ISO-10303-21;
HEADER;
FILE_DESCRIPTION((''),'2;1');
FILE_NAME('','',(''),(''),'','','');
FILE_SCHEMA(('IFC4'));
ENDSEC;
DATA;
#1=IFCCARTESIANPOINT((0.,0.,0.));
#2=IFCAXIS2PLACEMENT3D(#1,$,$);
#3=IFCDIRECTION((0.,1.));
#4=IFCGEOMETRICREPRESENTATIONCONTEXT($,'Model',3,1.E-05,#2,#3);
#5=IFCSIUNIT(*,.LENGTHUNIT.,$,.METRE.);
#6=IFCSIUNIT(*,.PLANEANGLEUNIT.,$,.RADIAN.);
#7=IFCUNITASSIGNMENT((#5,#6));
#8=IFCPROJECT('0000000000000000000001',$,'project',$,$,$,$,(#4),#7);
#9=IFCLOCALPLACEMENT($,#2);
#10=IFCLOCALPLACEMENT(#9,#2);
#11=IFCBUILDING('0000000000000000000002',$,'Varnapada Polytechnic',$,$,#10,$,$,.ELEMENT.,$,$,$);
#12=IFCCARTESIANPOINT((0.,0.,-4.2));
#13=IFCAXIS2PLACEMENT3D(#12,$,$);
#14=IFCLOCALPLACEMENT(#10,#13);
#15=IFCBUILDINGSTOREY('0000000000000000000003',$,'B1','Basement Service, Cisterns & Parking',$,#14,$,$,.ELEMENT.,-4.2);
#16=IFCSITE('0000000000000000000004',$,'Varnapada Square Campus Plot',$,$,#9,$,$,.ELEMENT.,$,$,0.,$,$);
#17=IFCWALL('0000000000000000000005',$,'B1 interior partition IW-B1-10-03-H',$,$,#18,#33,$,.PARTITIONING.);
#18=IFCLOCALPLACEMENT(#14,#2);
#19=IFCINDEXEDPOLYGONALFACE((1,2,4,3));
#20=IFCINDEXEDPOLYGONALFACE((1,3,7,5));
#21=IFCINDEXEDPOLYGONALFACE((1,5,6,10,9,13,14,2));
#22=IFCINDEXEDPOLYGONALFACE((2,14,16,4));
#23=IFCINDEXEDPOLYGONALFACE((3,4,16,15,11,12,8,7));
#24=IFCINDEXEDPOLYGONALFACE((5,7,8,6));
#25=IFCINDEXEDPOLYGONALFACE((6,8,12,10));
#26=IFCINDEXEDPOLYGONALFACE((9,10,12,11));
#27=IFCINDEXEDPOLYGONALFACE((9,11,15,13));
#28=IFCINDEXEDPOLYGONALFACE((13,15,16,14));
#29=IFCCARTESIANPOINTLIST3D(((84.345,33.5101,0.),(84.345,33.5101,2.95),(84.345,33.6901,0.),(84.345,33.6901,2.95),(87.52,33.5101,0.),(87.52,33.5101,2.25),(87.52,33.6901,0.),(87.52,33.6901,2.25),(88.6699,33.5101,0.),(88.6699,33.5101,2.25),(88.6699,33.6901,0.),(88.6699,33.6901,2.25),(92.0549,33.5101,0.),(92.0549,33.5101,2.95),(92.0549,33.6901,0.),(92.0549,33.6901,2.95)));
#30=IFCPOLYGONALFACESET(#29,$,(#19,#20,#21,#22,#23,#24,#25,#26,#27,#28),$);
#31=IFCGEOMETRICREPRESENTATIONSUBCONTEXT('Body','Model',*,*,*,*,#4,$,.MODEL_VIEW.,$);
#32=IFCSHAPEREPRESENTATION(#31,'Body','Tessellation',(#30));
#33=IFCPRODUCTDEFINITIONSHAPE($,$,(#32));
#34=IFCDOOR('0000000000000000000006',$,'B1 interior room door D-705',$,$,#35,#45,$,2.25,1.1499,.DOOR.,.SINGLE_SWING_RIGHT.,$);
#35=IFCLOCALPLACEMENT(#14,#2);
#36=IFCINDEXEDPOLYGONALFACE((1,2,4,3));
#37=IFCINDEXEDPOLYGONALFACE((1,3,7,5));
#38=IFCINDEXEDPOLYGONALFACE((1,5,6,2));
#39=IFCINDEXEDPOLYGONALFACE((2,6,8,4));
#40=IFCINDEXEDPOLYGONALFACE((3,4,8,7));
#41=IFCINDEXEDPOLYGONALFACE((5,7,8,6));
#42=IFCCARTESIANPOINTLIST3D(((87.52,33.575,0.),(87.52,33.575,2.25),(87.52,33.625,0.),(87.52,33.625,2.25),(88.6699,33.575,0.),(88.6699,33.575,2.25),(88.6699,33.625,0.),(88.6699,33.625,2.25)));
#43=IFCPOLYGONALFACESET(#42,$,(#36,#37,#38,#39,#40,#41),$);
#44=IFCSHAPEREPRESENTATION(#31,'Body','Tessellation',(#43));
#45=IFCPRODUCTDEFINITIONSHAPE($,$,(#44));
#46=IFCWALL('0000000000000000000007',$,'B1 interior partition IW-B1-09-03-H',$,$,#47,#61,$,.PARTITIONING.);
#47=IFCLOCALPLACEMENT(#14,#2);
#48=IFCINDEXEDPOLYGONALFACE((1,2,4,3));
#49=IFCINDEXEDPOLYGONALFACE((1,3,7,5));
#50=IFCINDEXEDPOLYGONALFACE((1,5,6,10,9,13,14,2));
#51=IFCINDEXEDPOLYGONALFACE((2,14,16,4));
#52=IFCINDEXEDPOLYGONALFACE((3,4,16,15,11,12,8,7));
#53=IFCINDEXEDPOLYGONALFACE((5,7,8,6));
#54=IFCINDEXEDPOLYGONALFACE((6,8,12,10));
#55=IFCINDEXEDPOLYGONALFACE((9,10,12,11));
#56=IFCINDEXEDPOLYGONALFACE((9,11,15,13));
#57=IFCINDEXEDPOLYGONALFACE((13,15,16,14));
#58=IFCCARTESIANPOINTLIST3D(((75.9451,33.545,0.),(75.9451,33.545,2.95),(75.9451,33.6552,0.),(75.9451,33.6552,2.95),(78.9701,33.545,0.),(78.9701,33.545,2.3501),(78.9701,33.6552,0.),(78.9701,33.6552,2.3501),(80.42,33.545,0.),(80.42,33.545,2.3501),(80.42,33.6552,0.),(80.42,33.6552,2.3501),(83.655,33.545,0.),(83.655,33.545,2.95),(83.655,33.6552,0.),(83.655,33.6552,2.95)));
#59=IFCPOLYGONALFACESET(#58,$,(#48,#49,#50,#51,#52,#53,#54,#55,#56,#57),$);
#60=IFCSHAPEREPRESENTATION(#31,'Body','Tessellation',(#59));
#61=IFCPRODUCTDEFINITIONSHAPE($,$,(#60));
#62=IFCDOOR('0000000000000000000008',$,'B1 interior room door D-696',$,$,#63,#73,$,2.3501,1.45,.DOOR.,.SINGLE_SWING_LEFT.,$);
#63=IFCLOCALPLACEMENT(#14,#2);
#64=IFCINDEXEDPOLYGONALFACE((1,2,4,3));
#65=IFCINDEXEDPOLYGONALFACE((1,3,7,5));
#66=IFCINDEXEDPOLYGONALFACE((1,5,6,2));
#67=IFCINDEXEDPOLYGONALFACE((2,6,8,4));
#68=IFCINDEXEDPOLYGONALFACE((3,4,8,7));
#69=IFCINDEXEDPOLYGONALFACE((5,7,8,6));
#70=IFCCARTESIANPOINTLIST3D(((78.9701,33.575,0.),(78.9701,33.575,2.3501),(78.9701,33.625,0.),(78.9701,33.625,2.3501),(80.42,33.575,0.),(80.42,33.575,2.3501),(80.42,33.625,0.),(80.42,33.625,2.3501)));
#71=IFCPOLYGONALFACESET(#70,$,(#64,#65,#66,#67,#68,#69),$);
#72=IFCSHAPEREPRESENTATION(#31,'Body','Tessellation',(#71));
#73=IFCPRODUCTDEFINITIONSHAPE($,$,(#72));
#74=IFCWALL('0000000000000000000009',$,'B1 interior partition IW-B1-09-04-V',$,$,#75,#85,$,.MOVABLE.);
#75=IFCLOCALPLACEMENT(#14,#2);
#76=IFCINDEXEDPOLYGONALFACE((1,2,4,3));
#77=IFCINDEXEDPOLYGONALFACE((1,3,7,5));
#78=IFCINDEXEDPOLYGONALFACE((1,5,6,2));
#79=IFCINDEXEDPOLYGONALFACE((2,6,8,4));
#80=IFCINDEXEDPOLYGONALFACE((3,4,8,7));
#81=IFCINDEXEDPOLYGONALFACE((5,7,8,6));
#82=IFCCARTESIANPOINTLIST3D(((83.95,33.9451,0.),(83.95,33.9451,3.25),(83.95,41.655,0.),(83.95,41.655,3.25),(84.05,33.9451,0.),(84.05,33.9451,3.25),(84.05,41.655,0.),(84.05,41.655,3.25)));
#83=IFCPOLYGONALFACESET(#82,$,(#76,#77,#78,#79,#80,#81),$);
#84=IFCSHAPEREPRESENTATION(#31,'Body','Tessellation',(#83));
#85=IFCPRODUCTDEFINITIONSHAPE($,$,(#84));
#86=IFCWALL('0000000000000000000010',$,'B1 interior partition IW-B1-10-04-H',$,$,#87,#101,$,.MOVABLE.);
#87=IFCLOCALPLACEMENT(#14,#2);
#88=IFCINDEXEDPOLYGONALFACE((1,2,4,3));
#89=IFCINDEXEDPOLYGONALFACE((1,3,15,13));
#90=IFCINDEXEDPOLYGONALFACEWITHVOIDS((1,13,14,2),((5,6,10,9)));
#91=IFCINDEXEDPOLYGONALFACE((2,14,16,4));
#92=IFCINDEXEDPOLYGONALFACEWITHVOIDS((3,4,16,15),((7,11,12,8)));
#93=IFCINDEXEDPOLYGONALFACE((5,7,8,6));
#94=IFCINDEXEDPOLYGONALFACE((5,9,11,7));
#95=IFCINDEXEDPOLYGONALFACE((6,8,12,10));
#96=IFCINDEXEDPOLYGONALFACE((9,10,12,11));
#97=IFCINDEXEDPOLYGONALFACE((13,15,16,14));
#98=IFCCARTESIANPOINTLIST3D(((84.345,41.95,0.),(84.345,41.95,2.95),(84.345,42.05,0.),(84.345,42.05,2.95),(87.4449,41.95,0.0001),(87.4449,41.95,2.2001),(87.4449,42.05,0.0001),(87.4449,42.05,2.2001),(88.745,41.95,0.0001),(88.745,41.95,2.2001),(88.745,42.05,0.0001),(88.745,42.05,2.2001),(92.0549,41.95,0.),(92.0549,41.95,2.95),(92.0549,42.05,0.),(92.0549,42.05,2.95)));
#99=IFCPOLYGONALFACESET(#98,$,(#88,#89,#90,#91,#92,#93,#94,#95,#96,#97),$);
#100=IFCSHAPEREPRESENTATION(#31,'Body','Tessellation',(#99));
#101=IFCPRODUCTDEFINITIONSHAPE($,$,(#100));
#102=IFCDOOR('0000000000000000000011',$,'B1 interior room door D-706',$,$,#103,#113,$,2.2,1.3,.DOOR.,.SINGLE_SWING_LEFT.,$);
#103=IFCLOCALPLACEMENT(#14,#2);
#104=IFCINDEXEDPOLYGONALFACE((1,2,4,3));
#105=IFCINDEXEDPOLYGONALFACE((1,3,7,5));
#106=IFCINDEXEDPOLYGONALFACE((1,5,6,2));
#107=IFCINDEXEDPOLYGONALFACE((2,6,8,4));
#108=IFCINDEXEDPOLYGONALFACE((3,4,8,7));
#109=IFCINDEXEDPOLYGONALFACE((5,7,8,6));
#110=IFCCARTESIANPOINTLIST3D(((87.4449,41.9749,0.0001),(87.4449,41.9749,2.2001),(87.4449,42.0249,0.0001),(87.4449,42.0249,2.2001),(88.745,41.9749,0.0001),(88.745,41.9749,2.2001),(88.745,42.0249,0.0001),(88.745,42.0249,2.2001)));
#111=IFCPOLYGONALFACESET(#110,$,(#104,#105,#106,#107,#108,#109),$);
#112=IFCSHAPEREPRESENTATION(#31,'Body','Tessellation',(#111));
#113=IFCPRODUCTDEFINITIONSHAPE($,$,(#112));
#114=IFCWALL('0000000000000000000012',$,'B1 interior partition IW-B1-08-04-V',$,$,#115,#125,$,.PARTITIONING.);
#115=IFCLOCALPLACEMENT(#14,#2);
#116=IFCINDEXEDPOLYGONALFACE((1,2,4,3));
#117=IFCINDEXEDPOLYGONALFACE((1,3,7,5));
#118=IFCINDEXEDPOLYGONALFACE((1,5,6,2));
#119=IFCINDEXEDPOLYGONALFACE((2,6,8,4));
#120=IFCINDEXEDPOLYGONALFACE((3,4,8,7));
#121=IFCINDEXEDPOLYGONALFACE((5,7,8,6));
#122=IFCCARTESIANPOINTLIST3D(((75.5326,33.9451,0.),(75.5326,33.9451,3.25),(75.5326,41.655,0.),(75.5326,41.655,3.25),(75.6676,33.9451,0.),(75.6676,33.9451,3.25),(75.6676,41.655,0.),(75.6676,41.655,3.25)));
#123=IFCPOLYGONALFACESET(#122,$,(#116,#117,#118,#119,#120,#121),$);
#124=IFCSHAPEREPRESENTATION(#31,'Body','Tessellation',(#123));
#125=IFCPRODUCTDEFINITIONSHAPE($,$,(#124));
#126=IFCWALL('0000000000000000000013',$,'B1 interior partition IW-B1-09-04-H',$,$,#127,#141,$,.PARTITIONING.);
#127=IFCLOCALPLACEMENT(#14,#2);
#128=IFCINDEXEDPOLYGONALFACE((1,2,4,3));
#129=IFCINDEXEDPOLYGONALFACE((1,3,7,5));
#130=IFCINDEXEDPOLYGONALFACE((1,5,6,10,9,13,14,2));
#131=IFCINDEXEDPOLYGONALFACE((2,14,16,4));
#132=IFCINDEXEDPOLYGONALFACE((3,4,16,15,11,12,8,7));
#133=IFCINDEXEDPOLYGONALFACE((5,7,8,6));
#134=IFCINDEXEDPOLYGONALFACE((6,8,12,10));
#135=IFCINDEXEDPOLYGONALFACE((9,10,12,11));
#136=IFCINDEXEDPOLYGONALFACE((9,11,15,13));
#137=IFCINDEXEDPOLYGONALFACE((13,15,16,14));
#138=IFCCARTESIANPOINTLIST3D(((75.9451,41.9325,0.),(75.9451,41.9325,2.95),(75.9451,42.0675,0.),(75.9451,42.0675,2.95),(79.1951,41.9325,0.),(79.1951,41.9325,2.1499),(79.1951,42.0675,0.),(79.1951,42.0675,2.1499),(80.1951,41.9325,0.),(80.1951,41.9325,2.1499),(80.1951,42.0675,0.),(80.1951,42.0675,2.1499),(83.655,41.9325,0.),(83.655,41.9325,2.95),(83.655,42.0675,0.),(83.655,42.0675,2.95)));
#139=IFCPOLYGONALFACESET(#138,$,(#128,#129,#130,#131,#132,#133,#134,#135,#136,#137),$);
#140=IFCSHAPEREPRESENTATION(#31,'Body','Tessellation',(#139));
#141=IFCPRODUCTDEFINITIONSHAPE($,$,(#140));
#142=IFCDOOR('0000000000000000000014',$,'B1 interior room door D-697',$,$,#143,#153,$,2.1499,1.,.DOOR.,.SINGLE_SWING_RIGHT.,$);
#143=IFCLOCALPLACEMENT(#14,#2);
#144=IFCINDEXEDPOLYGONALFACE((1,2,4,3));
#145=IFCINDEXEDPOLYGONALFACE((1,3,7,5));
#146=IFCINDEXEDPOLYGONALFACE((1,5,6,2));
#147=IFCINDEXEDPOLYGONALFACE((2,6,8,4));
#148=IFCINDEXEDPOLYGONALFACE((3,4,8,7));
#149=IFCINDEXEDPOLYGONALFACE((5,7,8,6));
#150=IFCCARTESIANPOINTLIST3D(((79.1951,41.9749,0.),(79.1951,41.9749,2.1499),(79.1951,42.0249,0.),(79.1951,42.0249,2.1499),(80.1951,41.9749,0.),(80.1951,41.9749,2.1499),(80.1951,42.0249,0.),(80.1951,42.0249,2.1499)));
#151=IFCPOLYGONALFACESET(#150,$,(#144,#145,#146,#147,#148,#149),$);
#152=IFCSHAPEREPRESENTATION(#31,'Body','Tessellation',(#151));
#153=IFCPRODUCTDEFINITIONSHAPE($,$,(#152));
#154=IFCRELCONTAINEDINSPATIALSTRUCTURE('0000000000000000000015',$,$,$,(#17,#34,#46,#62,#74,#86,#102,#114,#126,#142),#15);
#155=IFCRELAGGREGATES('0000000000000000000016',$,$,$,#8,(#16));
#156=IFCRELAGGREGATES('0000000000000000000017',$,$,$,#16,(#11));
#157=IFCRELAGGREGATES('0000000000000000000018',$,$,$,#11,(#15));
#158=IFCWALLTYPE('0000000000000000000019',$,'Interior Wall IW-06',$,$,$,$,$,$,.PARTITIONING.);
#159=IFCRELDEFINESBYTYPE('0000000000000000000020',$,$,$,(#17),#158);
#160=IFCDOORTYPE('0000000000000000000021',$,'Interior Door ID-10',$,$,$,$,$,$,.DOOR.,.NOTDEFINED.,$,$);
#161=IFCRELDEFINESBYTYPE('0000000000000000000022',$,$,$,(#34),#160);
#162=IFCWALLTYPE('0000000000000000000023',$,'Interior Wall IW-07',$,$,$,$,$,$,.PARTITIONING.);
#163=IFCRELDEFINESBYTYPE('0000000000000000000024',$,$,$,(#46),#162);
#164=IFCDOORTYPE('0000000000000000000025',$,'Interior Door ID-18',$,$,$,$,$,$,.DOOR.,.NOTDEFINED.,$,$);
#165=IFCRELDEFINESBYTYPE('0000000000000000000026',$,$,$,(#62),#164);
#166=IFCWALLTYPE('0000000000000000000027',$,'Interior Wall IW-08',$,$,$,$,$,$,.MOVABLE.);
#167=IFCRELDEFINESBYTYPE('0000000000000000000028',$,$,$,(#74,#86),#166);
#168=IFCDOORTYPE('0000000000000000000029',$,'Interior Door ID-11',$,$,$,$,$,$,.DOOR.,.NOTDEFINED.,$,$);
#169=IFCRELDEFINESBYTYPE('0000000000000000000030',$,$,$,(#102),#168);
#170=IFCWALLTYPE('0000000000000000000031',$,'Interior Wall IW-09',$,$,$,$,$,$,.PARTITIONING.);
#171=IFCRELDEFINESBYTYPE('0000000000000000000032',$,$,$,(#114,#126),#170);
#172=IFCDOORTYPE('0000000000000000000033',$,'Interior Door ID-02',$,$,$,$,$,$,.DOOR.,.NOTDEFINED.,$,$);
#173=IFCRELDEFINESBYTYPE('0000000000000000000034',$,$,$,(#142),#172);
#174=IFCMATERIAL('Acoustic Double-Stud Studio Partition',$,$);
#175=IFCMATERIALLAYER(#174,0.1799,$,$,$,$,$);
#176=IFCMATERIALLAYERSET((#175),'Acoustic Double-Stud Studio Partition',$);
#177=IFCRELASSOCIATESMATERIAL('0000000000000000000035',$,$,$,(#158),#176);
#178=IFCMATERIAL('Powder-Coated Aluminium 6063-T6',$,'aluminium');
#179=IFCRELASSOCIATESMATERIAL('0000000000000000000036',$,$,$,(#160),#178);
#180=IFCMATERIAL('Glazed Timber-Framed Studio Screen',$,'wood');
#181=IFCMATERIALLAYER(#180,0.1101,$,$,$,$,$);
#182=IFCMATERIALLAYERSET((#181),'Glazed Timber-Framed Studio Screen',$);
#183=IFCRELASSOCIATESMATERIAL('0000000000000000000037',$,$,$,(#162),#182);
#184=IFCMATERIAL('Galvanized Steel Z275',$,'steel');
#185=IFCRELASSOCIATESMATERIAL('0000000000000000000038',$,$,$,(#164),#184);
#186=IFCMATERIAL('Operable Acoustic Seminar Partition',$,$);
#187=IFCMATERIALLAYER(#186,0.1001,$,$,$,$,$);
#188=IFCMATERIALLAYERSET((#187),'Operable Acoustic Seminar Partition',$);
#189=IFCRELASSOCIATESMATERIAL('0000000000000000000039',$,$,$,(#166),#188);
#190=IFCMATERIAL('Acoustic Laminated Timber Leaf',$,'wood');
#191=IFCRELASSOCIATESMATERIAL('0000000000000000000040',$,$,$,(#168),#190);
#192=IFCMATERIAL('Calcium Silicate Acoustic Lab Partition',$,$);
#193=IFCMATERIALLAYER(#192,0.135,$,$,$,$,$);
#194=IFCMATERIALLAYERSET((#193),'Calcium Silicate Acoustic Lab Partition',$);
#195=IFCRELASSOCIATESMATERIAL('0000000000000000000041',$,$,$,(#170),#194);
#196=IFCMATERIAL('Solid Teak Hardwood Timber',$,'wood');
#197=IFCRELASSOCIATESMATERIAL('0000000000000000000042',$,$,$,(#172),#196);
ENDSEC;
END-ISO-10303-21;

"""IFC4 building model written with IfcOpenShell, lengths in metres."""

from ifc_helpers import new_model, si_unit, direction, frame, frame_2d, origin, place, context, subcontext, project, spatial, rectangle, extrude, material, layer, layer_set, type_object, element, fill, save


model = new_model("IFC4")

# Units and contexts
model_context = context("Model", 3, precision=1e-05, world=origin(), true_north=direction((0.0, 1.0)))
body_context = subcontext(model_context, "Body", "Model", "MODEL_VIEW")
ifc_project = project(units=[si_unit("LENGTHUNIT", "METRE"), si_unit("PLANEANGLEUNIT", "RADIAN")], contexts=[model_context])

# Site, building, storey
site_placement = place(None, origin())
site = spatial("IfcSite", under=ifc_project, at=site_placement, Name="Varnapada Square Campus Plot", CompositionType="ELEMENT", RefElevation=0.0)
building_placement = place(site_placement, origin())
building = spatial("IfcBuilding", under=site, at=building_placement, Name="Varnapada Polytechnic", CompositionType="ELEMENT")
storey_placement = place(building_placement, frame((0.0, 0.0, -4.2)))
storey = spatial("IfcBuildingStorey", under=building, at=storey_placement, Name="B1", Description="Basement Service, Cisterns & Parking", CompositionType="ELEMENT", Elevation=-4.2)

# Walls, openings, doors
ifc_material_1 = material(Name="Acoustic Double-Stud Studio Partition")
ifc_layer_1 = layer(ifc_material_1, 0.1799)
ifc_layer_set_1 = layer_set([ifc_layer_1], Name="Acoustic Double-Stud Studio Partition")
wall_type_1 = type_object("IfcWallType", Name="Interior Wall IW-06", PredefinedType="PARTITIONING", material=ifc_layer_set_1)
wall_1_placement = place(storey_placement, frame((84.345, 33.6001, 0.0), z_axis=(0.0, 0.0, 1.0), x_axis=(1.0, 0.0, 0.0)))
wall_1 = element("IfcWall", 1, at=wall_1_placement, inside=storey, type_object=wall_type_1, Name="B1 interior partition IW-B1-10-03-H", PredefinedType="PARTITIONING", context=body_context, shape_type="SweptSolid", body=[
    extrude(rectangle(XDim=7.71, YDim=0.1799, at=frame_2d((3.855, 0.0))), origin(), (0.0, 0.0, 1.0), 2.95),
])
opening_1_placement = place(wall_1_placement, frame((3.175, 0.0, 0.0)))
opening_1 = element("IfcOpeningElement", 2, at=opening_1_placement, cuts=wall_1, PredefinedType="OPENING", context=body_context, shape_type="SweptSolid", body=[
    extrude(rectangle(XDim=1.1499, YDim=2.25, at=frame_2d((0.575, 1.125))), frame((0.0, 0.0999, 0.0), z_axis=(0.0, -1.0, 0.0), x_axis=(1.0, 0.0, 0.0)), (0.0, 0.0, 1.0), 0.2),
])
ifc_material_2 = material(Name="Powder-Coated Aluminium 6063-T6", Category="aluminium")
door_type_1 = type_object("IfcDoorType", Name="Interior Door ID-10", OperationType="NOTDEFINED", PredefinedType="DOOR", material=ifc_material_2)
door_1_placement = place(opening_1_placement, origin())
door_1 = element("IfcDoor", 3, at=door_1_placement, inside=storey, type_object=door_type_1, Name="B1 interior room door D-705", OperationType="SINGLE_SWING_RIGHT", OverallHeight=2.25, OverallWidth=1.1499, PredefinedType="DOOR", context=body_context, shape_type="SweptSolid", body=[
    extrude(rectangle(XDim=1.1499, YDim=2.25, at=frame_2d((0.575, 1.125))), frame((0.0, 0.0249, 0.0), z_axis=(0.0, -1.0, 0.0), x_axis=(1.0, 0.0, 0.0)), (0.0, 0.0, 1.0), 0.05),
])
fill(opening_1, door_1)
ifc_material_3 = material(Name="Glazed Timber-Framed Studio Screen", Category="wood")
ifc_layer_2 = layer(ifc_material_3, 0.1101)
ifc_layer_set_2 = layer_set([ifc_layer_2], Name="Glazed Timber-Framed Studio Screen")
wall_type_2 = type_object("IfcWallType", Name="Interior Wall IW-07", PredefinedType="PARTITIONING", material=ifc_layer_set_2)
wall_2_placement = place(storey_placement, frame((75.9451, 33.6001, 0.0), z_axis=(0.0, 0.0, 1.0), x_axis=(1.0, 0.0, 0.0)))
wall_2 = element("IfcWall", 4, at=wall_2_placement, inside=storey, type_object=wall_type_2, Name="B1 interior partition IW-B1-09-03-H", PredefinedType="PARTITIONING", context=body_context, shape_type="SweptSolid", body=[
    extrude(rectangle(XDim=7.71, YDim=0.1101, at=frame_2d((3.855, 0.0))), origin(), (0.0, 0.0, 1.0), 2.95),
])
opening_2_placement = place(wall_2_placement, frame((3.0249, 0.0, 0.0)))
opening_2 = element("IfcOpeningElement", 5, at=opening_2_placement, cuts=wall_2, PredefinedType="OPENING", context=body_context, shape_type="SweptSolid", body=[
    extrude(rectangle(XDim=1.45, YDim=2.3501, at=frame_2d((0.7251, 1.175))), frame((0.0, 0.0649, 0.0), z_axis=(0.0, -1.0, 0.0), x_axis=(1.0, 0.0, 0.0)), (0.0, 0.0, 1.0), 0.1301),
])
ifc_material_4 = material(Name="Galvanized Steel Z275", Category="steel")
door_type_2 = type_object("IfcDoorType", Name="Interior Door ID-18", OperationType="NOTDEFINED", PredefinedType="DOOR", material=ifc_material_4)
door_2_placement = place(opening_2_placement, origin())
door_2 = element("IfcDoor", 6, at=door_2_placement, inside=storey, type_object=door_type_2, Name="B1 interior room door D-696", OperationType="SINGLE_SWING_LEFT", OverallHeight=2.3501, OverallWidth=1.45, PredefinedType="DOOR", context=body_context, shape_type="SweptSolid", body=[
    extrude(rectangle(XDim=1.45, YDim=2.3501, at=frame_2d((0.7251, 1.175))), frame((0.0, 0.0249, 0.0), z_axis=(0.0, -1.0, 0.0), x_axis=(1.0, 0.0, 0.0)), (0.0, 0.0, 1.0), 0.05),
])
fill(opening_2, door_2)

# Wall
ifc_material_5 = material(Name="Operable Acoustic Seminar Partition")
ifc_layer_3 = layer(ifc_material_5, 0.1001)
ifc_layer_set_3 = layer_set([ifc_layer_3], Name="Operable Acoustic Seminar Partition")
wall_type_3 = type_object("IfcWallType", Name="Interior Wall IW-08", PredefinedType="MOVABLE", material=ifc_layer_set_3)
wall_3_placement = place(storey_placement, frame((84.0, 33.9451, 0.0), z_axis=(0.0, 0.0, 1.0), x_axis=(0.0, 1.0, 0.0)))
element("IfcWall", 7, at=wall_3_placement, inside=storey, type_object=wall_type_3, Name="B1 interior partition IW-B1-09-04-V", PredefinedType="MOVABLE", context=body_context, shape_type="SweptSolid", body=[
    extrude(rectangle(XDim=7.71, YDim=0.1001, at=frame_2d((3.855, 0.0))), origin(), (0.0, 0.0, 1.0), 3.25),
])

# Wall, opening, door
wall_4_placement = place(storey_placement, frame((84.345, 42.0, 0.0), z_axis=(0.0, 0.0, 1.0), x_axis=(1.0, 0.0, 0.0)))
wall_4 = element("IfcWall", 8, at=wall_4_placement, inside=storey, type_object=wall_type_3, Name="B1 interior partition IW-B1-10-04-H", PredefinedType="MOVABLE", context=body_context, shape_type="SweptSolid", body=[
    extrude(rectangle(XDim=7.71, YDim=0.1001, at=frame_2d((3.855, 0.0))), origin(), (0.0, 0.0, 1.0), 2.95),
])
opening_3_placement = place(wall_4_placement, frame((3.1001, 0.0, 0.0)))
opening_3 = element("IfcOpeningElement", 9, at=opening_3_placement, cuts=wall_4, PredefinedType="OPENING", context=body_context, shape_type="SweptSolid", body=[
    extrude(rectangle(XDim=1.3, YDim=2.2, at=frame_2d((0.6499, 1.1001))), frame((0.0, 0.0601, 0.0), z_axis=(0.0, -1.0, 0.0), x_axis=(1.0, 0.0, 0.0)), (0.0, 0.0, 1.0), 0.1201),
])
ifc_material_6 = material(Name="Acoustic Laminated Timber Leaf", Category="wood")
door_type_3 = type_object("IfcDoorType", Name="Interior Door ID-11", OperationType="NOTDEFINED", PredefinedType="DOOR", material=ifc_material_6)
door_3_placement = place(opening_3_placement, origin())
door_3 = element("IfcDoor", 10, at=door_3_placement, inside=storey, type_object=door_type_3, Name="B1 interior room door D-706", OperationType="SINGLE_SWING_LEFT", OverallHeight=2.2, OverallWidth=1.3, PredefinedType="DOOR", context=body_context, shape_type="SweptSolid", body=[
    extrude(rectangle(XDim=1.3, YDim=2.2, at=frame_2d((0.6499, 1.1001))), frame((0.0, 0.0249, 0.0), z_axis=(0.0, -1.0, 0.0), x_axis=(1.0, 0.0, 0.0)), (0.0, 0.0, 1.0), 0.05),
])
fill(opening_3, door_3)

# Wall
ifc_material_7 = material(Name="Calcium Silicate Acoustic Lab Partition")
ifc_layer_4 = layer(ifc_material_7, 0.135)
ifc_layer_set_4 = layer_set([ifc_layer_4], Name="Calcium Silicate Acoustic Lab Partition")
wall_type_4 = type_object("IfcWallType", Name="Interior Wall IW-09", PredefinedType="PARTITIONING", material=ifc_layer_set_4)
wall_5_placement = place(storey_placement, frame((75.6001, 33.9451, 0.0), z_axis=(0.0, 0.0, 1.0), x_axis=(0.0, 1.0, 0.0)))
element("IfcWall", 11, at=wall_5_placement, inside=storey, type_object=wall_type_4, Name="B1 interior partition IW-B1-08-04-V", PredefinedType="PARTITIONING", context=body_context, shape_type="SweptSolid", body=[
    extrude(rectangle(XDim=7.71, YDim=0.135, at=frame_2d((3.855, 0.0))), origin(), (0.0, 0.0, 1.0), 3.25),
])

# Wall, opening, door
wall_6_placement = place(storey_placement, frame((75.9451, 42.0, 0.0), z_axis=(0.0, 0.0, 1.0), x_axis=(1.0, 0.0, 0.0)))
wall_6 = element("IfcWall", 12, at=wall_6_placement, inside=storey, type_object=wall_type_4, Name="B1 interior partition IW-B1-09-04-H", PredefinedType="PARTITIONING", context=body_context, shape_type="SweptSolid", body=[
    extrude(rectangle(XDim=7.71, YDim=0.135, at=frame_2d((3.855, 0.0))), origin(), (0.0, 0.0, 1.0), 2.95),
])
opening_4_placement = place(wall_6_placement, frame((3.25, 0.0, 0.0)))
opening_4 = element("IfcOpeningElement", 13, at=opening_4_placement, cuts=wall_6, PredefinedType="OPENING", context=body_context, shape_type="SweptSolid", body=[
    extrude(rectangle(XDim=1.0, YDim=2.1499, at=frame_2d((0.5, 1.075))), frame((0.0, 0.0774, 0.0), z_axis=(0.0, -1.0, 0.0), x_axis=(1.0, 0.0, 0.0)), (0.0, 0.0, 1.0), 0.155),
])
ifc_material_8 = material(Name="Solid Teak Hardwood Timber", Category="wood")
door_type_4 = type_object("IfcDoorType", Name="Interior Door ID-02", OperationType="NOTDEFINED", PredefinedType="DOOR", material=ifc_material_8)
door_4_placement = place(opening_4_placement, origin())
door_4 = element("IfcDoor", 14, at=door_4_placement, inside=storey, type_object=door_type_4, Name="B1 interior room door D-697", OperationType="SINGLE_SWING_RIGHT", OverallHeight=2.1499, OverallWidth=1.0, PredefinedType="DOOR", context=body_context, shape_type="SweptSolid", body=[
    extrude(rectangle(XDim=1.0, YDim=2.1499, at=frame_2d((0.5, 1.075))), frame((0.0, 0.0249, 0.0), z_axis=(0.0, -1.0, 0.0), x_axis=(1.0, 0.0, 0.0)), (0.0, 0.0, 1.0), 0.05),
])
fill(opening_4, door_4)

save(model, "model.ifc")
